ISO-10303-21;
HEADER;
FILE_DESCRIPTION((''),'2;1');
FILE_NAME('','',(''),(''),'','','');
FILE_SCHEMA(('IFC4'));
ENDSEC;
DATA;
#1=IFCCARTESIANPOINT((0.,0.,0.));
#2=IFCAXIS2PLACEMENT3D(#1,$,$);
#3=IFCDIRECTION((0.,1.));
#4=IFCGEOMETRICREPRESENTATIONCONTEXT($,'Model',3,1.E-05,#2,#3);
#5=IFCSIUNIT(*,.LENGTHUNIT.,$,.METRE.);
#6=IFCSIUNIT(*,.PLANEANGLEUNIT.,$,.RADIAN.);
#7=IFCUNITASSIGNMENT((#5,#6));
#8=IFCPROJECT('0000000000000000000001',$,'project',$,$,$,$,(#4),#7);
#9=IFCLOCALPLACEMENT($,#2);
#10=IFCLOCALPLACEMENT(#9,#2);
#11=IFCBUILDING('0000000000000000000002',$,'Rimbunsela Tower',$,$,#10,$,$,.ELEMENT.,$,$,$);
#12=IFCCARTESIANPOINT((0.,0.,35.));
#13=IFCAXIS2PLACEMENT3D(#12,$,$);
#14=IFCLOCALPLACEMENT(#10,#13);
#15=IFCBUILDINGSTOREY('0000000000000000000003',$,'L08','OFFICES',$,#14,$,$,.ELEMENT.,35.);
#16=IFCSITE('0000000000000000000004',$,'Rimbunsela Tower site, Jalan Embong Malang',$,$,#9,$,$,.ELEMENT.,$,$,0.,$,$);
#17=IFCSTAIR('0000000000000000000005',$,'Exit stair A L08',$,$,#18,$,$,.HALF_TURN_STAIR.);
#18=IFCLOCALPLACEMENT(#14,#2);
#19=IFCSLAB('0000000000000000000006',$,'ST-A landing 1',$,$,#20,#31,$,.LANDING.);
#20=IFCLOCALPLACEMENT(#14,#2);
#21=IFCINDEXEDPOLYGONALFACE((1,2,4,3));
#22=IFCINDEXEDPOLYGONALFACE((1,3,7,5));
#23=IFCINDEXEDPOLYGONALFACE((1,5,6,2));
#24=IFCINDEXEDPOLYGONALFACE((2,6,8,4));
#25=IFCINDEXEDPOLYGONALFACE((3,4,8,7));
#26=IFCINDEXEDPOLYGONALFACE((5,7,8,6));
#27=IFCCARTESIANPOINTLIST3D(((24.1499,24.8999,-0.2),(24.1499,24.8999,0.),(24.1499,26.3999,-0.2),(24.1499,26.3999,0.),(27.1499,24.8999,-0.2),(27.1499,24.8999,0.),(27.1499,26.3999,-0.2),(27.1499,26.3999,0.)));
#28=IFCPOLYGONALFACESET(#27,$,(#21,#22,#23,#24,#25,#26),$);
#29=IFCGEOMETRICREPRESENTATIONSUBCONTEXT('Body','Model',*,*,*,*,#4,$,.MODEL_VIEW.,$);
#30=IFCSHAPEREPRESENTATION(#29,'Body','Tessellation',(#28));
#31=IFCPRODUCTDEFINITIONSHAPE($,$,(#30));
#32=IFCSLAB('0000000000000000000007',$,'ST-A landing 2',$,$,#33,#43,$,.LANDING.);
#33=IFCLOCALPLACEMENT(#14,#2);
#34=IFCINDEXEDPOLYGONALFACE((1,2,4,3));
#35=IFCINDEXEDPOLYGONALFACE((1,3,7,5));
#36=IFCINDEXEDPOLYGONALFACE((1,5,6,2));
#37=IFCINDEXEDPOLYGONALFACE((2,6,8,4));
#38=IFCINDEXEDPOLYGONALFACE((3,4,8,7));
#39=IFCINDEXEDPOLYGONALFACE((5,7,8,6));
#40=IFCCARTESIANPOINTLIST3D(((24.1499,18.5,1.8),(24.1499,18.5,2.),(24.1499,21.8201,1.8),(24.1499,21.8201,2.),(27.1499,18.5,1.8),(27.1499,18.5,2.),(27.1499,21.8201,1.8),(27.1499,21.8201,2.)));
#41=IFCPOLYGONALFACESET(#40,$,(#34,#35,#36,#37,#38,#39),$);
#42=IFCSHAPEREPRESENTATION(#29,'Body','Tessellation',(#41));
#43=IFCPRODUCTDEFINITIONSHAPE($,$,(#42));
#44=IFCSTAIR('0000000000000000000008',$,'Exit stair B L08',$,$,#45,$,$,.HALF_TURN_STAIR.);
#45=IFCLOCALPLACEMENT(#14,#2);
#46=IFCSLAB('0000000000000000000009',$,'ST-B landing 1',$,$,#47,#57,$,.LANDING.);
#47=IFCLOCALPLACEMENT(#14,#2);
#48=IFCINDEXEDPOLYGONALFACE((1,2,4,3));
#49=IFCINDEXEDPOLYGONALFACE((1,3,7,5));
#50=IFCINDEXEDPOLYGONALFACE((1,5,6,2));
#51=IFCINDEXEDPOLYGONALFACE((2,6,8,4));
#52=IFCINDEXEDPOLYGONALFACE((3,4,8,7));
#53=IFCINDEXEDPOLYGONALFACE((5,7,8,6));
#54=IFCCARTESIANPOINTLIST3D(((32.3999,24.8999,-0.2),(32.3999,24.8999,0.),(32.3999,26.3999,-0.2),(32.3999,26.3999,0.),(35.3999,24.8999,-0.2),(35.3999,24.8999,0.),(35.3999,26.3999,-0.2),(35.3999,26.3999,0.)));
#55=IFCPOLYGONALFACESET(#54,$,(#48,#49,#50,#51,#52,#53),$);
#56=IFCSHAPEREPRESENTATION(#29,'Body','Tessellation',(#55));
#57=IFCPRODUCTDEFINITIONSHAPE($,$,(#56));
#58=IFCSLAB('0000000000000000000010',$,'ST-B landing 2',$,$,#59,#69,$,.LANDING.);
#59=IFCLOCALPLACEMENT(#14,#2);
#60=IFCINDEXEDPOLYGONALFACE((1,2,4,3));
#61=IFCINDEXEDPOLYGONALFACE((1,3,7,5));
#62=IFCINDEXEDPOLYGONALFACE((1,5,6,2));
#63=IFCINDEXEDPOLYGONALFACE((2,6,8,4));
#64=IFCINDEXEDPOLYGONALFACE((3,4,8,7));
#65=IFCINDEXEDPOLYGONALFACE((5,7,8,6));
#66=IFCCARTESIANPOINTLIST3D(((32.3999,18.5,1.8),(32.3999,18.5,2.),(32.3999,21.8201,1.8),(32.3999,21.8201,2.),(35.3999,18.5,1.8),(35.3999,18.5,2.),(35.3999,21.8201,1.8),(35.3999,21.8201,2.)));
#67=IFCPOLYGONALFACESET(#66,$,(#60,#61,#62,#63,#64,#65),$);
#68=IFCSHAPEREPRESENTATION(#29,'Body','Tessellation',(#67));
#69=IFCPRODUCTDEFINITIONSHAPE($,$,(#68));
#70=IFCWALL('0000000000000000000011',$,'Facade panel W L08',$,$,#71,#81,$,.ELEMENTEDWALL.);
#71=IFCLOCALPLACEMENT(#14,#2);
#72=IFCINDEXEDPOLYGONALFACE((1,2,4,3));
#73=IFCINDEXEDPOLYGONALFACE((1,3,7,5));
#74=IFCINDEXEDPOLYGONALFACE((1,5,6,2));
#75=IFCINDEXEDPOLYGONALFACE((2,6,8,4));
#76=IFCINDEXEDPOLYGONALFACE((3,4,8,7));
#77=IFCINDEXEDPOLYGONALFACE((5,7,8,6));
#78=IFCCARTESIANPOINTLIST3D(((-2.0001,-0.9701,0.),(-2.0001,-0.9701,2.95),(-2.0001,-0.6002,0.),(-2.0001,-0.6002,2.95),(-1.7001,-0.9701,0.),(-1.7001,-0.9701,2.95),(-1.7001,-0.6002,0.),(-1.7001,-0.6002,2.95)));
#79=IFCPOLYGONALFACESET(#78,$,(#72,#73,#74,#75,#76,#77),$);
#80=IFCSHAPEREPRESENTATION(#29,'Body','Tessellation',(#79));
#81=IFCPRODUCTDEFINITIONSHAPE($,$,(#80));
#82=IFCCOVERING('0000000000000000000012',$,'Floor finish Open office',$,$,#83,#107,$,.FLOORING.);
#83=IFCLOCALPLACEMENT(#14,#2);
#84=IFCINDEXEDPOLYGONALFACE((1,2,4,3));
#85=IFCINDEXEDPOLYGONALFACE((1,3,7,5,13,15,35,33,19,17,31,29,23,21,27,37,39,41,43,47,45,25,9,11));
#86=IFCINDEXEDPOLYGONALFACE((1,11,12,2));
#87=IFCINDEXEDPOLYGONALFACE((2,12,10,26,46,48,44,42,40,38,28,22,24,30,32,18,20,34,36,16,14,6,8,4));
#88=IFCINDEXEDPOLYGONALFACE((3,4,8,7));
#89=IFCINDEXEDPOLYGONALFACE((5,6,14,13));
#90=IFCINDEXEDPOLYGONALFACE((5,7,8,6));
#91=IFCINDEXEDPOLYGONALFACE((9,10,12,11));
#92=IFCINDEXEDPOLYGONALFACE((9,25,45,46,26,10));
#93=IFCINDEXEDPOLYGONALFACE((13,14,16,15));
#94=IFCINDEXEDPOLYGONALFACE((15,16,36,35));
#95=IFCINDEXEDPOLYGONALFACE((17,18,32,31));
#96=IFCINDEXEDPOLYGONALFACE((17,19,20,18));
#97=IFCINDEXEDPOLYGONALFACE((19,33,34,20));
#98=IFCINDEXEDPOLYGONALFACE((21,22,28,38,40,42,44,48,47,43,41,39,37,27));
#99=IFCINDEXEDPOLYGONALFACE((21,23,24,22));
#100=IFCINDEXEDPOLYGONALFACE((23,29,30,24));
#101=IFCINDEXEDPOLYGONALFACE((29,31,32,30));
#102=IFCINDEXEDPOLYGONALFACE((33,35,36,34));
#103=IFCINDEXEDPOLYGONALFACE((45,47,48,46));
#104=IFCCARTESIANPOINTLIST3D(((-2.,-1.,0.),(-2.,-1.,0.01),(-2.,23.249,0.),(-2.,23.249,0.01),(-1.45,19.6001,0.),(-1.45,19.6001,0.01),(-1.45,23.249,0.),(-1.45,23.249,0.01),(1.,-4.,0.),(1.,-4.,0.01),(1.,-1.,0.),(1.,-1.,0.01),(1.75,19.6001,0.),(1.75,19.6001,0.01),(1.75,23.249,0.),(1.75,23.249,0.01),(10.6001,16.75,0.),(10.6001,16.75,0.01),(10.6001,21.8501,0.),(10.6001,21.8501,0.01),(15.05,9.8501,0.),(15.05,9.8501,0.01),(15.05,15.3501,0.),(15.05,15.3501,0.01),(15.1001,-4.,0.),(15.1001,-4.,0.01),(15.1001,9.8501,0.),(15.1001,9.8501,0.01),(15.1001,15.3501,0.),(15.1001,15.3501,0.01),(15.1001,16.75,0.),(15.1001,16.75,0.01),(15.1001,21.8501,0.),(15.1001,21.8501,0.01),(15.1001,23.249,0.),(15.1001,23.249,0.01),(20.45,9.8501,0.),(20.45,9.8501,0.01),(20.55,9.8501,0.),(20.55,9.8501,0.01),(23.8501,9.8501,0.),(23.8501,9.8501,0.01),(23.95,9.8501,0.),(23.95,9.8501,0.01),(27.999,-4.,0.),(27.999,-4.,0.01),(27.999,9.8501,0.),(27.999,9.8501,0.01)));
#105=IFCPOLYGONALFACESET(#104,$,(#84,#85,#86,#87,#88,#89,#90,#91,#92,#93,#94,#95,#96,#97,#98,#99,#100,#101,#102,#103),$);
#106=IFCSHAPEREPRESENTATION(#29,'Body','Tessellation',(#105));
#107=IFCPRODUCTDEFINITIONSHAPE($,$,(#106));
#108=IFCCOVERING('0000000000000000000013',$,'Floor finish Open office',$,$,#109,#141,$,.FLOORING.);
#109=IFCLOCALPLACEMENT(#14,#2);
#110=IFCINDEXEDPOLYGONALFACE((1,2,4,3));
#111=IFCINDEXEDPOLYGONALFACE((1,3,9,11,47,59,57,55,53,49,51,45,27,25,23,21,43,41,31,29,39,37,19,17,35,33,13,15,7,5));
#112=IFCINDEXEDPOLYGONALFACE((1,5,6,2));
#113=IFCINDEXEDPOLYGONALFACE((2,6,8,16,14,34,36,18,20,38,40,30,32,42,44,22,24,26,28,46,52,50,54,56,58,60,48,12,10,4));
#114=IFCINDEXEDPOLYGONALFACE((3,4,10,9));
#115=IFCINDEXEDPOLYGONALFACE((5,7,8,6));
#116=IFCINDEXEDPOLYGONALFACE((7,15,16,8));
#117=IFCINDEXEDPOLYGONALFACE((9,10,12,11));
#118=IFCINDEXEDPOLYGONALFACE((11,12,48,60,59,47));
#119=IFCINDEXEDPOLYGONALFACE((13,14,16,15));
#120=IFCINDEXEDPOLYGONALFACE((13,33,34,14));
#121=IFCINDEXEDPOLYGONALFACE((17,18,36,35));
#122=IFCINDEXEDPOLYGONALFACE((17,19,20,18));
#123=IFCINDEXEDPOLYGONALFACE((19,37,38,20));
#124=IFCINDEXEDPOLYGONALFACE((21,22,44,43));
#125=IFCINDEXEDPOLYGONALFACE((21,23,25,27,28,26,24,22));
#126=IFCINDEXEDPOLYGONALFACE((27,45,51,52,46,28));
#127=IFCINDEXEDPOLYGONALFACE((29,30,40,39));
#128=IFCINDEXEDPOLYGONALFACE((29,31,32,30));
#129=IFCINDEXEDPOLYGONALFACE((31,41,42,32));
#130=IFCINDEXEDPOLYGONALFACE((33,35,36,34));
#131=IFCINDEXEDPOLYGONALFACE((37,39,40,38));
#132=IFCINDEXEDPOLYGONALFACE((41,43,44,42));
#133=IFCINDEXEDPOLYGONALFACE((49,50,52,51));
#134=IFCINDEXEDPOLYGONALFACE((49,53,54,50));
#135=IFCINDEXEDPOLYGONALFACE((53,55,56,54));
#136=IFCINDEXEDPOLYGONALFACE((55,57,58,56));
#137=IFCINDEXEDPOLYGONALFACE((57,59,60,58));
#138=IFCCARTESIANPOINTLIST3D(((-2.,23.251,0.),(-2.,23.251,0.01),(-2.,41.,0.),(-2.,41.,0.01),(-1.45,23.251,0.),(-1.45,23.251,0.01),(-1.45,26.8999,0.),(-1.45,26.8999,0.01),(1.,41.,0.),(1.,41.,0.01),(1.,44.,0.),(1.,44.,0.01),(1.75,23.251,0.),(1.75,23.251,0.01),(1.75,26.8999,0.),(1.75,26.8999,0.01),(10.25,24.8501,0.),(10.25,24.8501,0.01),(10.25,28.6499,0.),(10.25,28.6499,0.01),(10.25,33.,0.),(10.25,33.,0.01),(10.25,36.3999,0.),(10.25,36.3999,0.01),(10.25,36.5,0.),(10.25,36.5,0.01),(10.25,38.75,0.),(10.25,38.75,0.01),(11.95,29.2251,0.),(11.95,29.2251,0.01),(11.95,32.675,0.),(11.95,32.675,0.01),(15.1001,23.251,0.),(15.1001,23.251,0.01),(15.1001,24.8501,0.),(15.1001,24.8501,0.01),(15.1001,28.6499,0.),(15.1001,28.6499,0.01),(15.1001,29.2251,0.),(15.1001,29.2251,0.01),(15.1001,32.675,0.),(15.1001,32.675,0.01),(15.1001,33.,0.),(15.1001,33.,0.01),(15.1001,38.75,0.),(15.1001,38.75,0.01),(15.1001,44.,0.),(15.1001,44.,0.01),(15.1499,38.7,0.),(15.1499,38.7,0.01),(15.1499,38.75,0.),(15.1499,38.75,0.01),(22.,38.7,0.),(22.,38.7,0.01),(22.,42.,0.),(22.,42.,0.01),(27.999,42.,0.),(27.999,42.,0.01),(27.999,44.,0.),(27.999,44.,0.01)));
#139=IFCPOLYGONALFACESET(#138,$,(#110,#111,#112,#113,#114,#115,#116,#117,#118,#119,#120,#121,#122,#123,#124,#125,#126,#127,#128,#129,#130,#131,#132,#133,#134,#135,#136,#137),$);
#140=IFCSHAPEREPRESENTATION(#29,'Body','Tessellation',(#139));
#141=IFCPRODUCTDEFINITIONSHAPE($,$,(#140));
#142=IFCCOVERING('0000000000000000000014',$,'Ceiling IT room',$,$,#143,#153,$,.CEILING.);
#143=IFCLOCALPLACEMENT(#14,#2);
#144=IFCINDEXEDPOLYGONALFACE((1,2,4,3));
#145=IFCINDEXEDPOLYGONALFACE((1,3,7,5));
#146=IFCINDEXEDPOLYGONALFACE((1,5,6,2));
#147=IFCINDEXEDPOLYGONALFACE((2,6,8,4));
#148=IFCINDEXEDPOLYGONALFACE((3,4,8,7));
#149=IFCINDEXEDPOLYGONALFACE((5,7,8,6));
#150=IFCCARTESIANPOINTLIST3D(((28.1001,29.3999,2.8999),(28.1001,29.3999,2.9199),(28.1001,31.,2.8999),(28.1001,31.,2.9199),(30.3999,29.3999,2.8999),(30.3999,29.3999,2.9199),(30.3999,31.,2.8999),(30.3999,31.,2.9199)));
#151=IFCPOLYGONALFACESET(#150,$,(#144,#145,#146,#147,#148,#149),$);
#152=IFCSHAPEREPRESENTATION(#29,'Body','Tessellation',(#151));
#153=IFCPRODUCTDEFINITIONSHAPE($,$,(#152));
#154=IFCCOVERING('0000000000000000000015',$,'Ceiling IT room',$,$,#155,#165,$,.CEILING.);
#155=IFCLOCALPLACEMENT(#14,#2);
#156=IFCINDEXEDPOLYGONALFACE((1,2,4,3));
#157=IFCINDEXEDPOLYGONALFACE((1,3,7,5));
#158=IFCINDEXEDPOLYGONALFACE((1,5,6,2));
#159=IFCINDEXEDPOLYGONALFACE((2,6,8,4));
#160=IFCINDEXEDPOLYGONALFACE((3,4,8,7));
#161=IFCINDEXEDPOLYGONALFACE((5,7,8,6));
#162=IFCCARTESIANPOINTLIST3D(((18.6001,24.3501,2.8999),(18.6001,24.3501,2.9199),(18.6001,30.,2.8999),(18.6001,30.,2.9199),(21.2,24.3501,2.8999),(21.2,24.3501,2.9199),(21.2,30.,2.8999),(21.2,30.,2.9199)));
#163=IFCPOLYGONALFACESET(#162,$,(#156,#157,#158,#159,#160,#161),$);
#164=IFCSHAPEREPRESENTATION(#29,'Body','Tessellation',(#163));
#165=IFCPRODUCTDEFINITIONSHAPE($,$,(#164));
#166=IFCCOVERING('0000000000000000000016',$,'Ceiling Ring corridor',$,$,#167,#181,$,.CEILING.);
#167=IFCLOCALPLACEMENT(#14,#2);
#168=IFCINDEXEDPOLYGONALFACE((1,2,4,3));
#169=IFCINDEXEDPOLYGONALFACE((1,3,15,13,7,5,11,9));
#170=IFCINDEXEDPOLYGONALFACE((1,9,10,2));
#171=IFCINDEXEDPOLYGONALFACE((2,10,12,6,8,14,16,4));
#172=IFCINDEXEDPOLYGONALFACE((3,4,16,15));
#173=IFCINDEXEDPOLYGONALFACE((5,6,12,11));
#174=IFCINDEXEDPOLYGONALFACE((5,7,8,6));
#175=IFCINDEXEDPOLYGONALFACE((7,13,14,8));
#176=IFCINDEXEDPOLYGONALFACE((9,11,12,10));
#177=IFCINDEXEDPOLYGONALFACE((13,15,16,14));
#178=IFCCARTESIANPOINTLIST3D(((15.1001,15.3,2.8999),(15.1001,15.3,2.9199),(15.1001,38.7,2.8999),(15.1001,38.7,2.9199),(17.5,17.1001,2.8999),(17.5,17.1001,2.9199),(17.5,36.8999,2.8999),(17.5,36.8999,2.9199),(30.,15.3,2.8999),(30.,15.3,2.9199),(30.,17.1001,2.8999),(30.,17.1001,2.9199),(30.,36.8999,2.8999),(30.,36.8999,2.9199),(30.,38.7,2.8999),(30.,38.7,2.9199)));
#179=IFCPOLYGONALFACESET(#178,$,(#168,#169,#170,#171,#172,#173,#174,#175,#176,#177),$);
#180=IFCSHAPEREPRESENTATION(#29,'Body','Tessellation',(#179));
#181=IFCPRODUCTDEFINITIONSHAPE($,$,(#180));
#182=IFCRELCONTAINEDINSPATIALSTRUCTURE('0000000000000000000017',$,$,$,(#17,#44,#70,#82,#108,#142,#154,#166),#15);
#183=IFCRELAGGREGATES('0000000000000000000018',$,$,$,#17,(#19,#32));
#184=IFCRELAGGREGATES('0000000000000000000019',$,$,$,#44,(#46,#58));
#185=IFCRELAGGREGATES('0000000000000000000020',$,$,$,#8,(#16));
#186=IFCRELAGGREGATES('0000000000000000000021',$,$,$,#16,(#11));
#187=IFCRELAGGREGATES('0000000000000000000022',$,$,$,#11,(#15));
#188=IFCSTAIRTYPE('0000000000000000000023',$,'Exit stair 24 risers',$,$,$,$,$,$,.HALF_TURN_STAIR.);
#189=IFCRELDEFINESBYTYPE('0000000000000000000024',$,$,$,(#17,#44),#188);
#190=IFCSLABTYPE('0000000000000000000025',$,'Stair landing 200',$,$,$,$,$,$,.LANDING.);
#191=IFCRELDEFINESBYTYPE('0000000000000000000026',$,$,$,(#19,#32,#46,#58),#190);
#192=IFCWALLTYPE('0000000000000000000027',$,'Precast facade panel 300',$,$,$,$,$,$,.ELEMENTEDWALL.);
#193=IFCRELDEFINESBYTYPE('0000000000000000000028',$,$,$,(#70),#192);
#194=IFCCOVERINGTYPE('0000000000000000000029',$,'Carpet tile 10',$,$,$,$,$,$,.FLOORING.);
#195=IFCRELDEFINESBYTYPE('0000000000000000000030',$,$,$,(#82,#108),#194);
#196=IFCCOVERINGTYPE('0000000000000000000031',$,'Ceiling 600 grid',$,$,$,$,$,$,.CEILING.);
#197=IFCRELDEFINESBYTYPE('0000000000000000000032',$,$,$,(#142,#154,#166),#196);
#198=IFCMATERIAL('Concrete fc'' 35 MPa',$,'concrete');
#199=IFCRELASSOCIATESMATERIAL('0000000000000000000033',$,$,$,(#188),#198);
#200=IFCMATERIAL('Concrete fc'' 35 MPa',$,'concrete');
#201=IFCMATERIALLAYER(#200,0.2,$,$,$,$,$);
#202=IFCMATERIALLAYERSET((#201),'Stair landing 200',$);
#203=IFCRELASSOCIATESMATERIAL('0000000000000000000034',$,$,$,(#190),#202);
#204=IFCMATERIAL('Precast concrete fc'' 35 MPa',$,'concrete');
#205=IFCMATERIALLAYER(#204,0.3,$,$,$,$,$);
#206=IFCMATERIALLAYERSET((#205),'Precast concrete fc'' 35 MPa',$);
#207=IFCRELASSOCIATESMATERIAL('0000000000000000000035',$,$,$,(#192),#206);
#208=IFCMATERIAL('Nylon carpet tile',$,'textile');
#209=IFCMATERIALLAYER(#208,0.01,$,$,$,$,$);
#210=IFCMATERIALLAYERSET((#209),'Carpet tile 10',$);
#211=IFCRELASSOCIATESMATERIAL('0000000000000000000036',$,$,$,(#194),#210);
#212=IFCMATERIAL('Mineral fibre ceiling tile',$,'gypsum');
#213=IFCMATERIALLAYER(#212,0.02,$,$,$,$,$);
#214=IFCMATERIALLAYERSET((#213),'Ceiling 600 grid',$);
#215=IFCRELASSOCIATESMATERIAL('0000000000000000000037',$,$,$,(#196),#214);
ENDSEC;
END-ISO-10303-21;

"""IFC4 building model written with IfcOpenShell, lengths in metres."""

from ifc_helpers import new_model, si_unit, direction, frame, frame_2d, origin, place, context, subcontext, project, spatial, polyline, rectangle, outline, extrude, material, layer, layer_set, type_object, element, aggregate, save


model = new_model("IFC4")

# Units and contexts
model_context = context("Model", 3, precision=1e-05, world=origin(), true_north=direction((0.0, 1.0)))
body_context = subcontext(model_context, "Body", "Model", "MODEL_VIEW")
ifc_project = project(units=[si_unit("LENGTHUNIT", "METRE"), si_unit("PLANEANGLEUNIT", "RADIAN")], contexts=[model_context])

# Site, building, storey
site_placement = place(None, origin())
site = spatial("IfcSite", under=ifc_project, at=site_placement, Name="Rimbunsela Tower site, Jalan Embong Malang", CompositionType="ELEMENT", RefElevation=0.0)
building_placement = place(site_placement, origin())
building = spatial("IfcBuilding", under=site, at=building_placement, Name="Rimbunsela Tower", CompositionType="ELEMENT")
storey_placement = place(building_placement, frame((0.0, 0.0, 35.0)))
storey = spatial("IfcBuildingStorey", under=building, at=storey_placement, Name="L08", Description="OFFICES", CompositionType="ELEMENT", Elevation=35.0)

# Stairs, slabs
ifc_material_1 = material(Name="Concrete fc' 35 MPa", Category="concrete")
stair_type = type_object("IfcStairType", Name="Exit stair 24 risers", PredefinedType="HALF_TURN_STAIR", material=ifc_material_1)
stair_1_placement = place(storey_placement, origin())
stair_1 = element("IfcStair", 1, at=stair_1_placement, inside=storey, type_object=stair_type, Name="Exit stair A L08", PredefinedType="HALF_TURN_STAIR")
ifc_material_2 = material(Name="Concrete fc' 35 MPa", Category="concrete")
ifc_layer_1 = layer(ifc_material_2, 0.2)
ifc_layer_set_1 = layer_set([ifc_layer_1], Name="Stair landing 200")
slab_type_1 = type_object("IfcSlabType", Name="Stair landing 200", PredefinedType="LANDING", material=ifc_layer_set_1)
slab_1_placement = place(storey_placement, frame((0.0, 0.0, -0.2)))
slab_1 = element("IfcSlab", 2, at=slab_1_placement, type_object=slab_type_1, Name="ST-A landing 1", PredefinedType="LANDING", context=body_context, shape_type="SweptSolid", body=[
    extrude(outline(polyline([(24.1499, 24.8999), (27.1499, 24.8999), (27.1499, 26.3999), (24.1499, 26.3999), (24.1499, 24.8999)])), origin(), (0.0, 0.0, 1.0), 0.2),
])
slab_2_placement = place(storey_placement, frame((0.0, 0.0, 1.8)))
slab_2 = element("IfcSlab", 3, at=slab_2_placement, type_object=slab_type_1, Name="ST-A landing 2", PredefinedType="LANDING", context=body_context, shape_type="SweptSolid", body=[
    extrude(outline(polyline([(24.1499, 18.5), (27.1499, 18.5), (27.1499, 21.8201), (24.1499, 21.8201), (24.1499, 18.5)])), origin(), (0.0, 0.0, 1.0), 0.2),
])
aggregate(stair_1, [slab_1, slab_2])
stair_2_placement = place(storey_placement, origin())
stair_2 = element("IfcStair", 4, at=stair_2_placement, inside=storey, type_object=stair_type, Name="Exit stair B L08", PredefinedType="HALF_TURN_STAIR")
slab_3_placement = place(storey_placement, frame((0.0, 0.0, -0.2)))
slab_3 = element("IfcSlab", 5, at=slab_3_placement, type_object=slab_type_1, Name="ST-B landing 1", PredefinedType="LANDING", context=body_context, shape_type="SweptSolid", body=[
    extrude(outline(polyline([(32.3999, 24.8999), (35.3999, 24.8999), (35.3999, 26.3999), (32.3999, 26.3999), (32.3999, 24.8999)])), origin(), (0.0, 0.0, 1.0), 0.2),
])
slab_4_placement = place(storey_placement, frame((0.0, 0.0, 1.8)))
slab_4 = element("IfcSlab", 6, at=slab_4_placement, type_object=slab_type_1, Name="ST-B landing 2", PredefinedType="LANDING", context=body_context, shape_type="SweptSolid", body=[
    extrude(outline(polyline([(32.3999, 18.5), (35.3999, 18.5), (35.3999, 21.8201), (32.3999, 21.8201), (32.3999, 18.5)])), origin(), (0.0, 0.0, 1.0), 0.2),
])
aggregate(stair_2, [slab_3, slab_4])

# Wall
ifc_material_3 = material(Name="Precast concrete fc' 35 MPa", Category="concrete")
ifc_layer_2 = layer(ifc_material_3, 0.3)
ifc_layer_set_2 = layer_set([ifc_layer_2], Name="Precast concrete fc' 35 MPa")
wall_type = type_object("IfcWallType", Name="Precast facade panel 300", PredefinedType="ELEMENTEDWALL", material=ifc_layer_set_2)
wall_placement = place(storey_placement, frame((-1.8501, -0.6001, 0.0), z_axis=(0.0, 0.0, 1.0), x_axis=(0.0, -1.0, 0.0)))
element("IfcWall", 7, at=wall_placement, inside=storey, type_object=wall_type, Name="Facade panel W L08", PredefinedType="ELEMENTEDWALL", context=body_context, shape_type="SweptSolid", body=[
    extrude(rectangle(XDim=0.3699, YDim=0.3, at=frame_2d((0.1851, 0.0))), origin(), (0.0, 0.0, 1.0), 2.95),
])

# Coverings
ifc_material_4 = material(Name="Nylon carpet tile", Category="textile")
ifc_layer_3 = layer(ifc_material_4, 0.01)
ifc_layer_set_3 = layer_set([ifc_layer_3], Name="Carpet tile 10")
covering_type_1 = type_object("IfcCoveringType", Name="Carpet tile 10", PredefinedType="FLOORING", material=ifc_layer_set_3)
covering_1_placement = place(storey_placement, origin())
element("IfcCovering", 8, at=covering_1_placement, inside=storey, type_object=covering_type_1, Name="Floor finish Open office", PredefinedType="FLOORING", context=body_context, shape_type="SweptSolid", body=[
    extrude(outline(polyline([(20.55, 9.8501), (23.8501, 9.8501), (23.95, 9.8501), (27.999, 9.8501), (27.999, -4.0), (15.1001, -4.0), (1.0, -4.0), (1.0, -1.0), (-2.0, -1.0), (-2.0, 23.249), (-1.45, 23.249), (-1.45, 19.6001), (1.75, 19.6001), (1.75, 23.249), (15.1001, 23.249), (15.1001, 21.8501), (10.6001, 21.8501), (10.6001, 16.75), (15.1001, 16.75), (15.1001, 15.3501), (15.05, 15.3501), (15.05, 9.8501), (15.1001, 9.8501), (20.45, 9.8501), (20.55, 9.8501)])), origin(), (0.0, 0.0, 1.0), 0.01),
])
covering_2_placement = place(storey_placement, origin())
element("IfcCovering", 9, at=covering_2_placement, inside=storey, type_object=covering_type_1, Name="Floor finish Open office", PredefinedType="FLOORING", context=body_context, shape_type="SweptSolid", body=[
    extrude(outline(polyline([(10.25, 36.5), (10.25, 36.3999), (10.25, 33.0), (15.1001, 33.0), (15.1001, 32.675), (11.95, 32.675), (11.95, 29.2251), (15.1001, 29.2251), (15.1001, 28.6499), (10.25, 28.6499), (10.25, 24.8501), (15.1001, 24.8501), (15.1001, 23.251), (1.75, 23.251), (1.75, 26.8999), (-1.45, 26.8999), (-1.45, 23.251), (-2.0, 23.251), (-2.0, 41.0), (1.0, 41.0), (1.0, 44.0), (15.1001, 44.0), (27.999, 44.0), (27.999, 42.0), (22.0, 42.0), (22.0, 38.7), (15.1499, 38.7), (15.1499, 38.75), (15.1001, 38.75), (10.25, 38.75), (10.25, 36.5)])), origin(), (0.0, 0.0, 1.0), 0.01),
])
ifc_material_5 = material(Name="Mineral fibre ceiling tile", Category="gypsum")
ifc_layer_4 = layer(ifc_material_5, 0.02)
ifc_layer_set_4 = layer_set([ifc_layer_4], Name="Ceiling 600 grid")
covering_type_2 = type_object("IfcCoveringType", Name="Ceiling 600 grid", PredefinedType="CEILING", material=ifc_layer_set_4)
covering_3_placement = place(storey_placement, frame((0.0, 0.0, 2.8999)))
element("IfcCovering", 10, at=covering_3_placement, inside=storey, type_object=covering_type_2, Name="Ceiling IT room", PredefinedType="CEILING", context=body_context, shape_type="SweptSolid", body=[
    extrude(outline(polyline([(30.3999, 29.3999), (30.3999, 31.0), (28.1001, 31.0), (28.1001, 29.3999), (30.3999, 29.3999)])), origin(), (0.0, 0.0, 1.0), 0.02),
])
covering_4_placement = place(storey_placement, frame((0.0, 0.0, 2.8999)))
element("IfcCovering", 11, at=covering_4_placement, inside=storey, type_object=covering_type_2, Name="Ceiling IT room", PredefinedType="CEILING", context=body_context, shape_type="SweptSolid", body=[
    extrude(outline(polyline([(21.2, 24.3501), (21.2, 30.0), (18.6001, 30.0), (18.6001, 24.3501), (21.2, 24.3501)])), origin(), (0.0, 0.0, 1.0), 0.02),
])
covering_5_placement = place(storey_placement, frame((0.0, 0.0, 2.8999)))
element("IfcCovering", 12, at=covering_5_placement, inside=storey, type_object=covering_type_2, Name="Ceiling Ring corridor", PredefinedType="CEILING", context=body_context, shape_type="SweptSolid", body=[
    extrude(outline(polyline([(15.1001, 38.7), (30.0, 38.7), (30.0, 36.8999), (17.5, 36.8999), (17.5, 17.1001), (30.0, 17.1001), (30.0, 15.3), (15.1001, 15.3), (15.1001, 38.7)])), origin(), (0.0, 0.0, 1.0), 0.02),
])

save(model, "model.ifc")
